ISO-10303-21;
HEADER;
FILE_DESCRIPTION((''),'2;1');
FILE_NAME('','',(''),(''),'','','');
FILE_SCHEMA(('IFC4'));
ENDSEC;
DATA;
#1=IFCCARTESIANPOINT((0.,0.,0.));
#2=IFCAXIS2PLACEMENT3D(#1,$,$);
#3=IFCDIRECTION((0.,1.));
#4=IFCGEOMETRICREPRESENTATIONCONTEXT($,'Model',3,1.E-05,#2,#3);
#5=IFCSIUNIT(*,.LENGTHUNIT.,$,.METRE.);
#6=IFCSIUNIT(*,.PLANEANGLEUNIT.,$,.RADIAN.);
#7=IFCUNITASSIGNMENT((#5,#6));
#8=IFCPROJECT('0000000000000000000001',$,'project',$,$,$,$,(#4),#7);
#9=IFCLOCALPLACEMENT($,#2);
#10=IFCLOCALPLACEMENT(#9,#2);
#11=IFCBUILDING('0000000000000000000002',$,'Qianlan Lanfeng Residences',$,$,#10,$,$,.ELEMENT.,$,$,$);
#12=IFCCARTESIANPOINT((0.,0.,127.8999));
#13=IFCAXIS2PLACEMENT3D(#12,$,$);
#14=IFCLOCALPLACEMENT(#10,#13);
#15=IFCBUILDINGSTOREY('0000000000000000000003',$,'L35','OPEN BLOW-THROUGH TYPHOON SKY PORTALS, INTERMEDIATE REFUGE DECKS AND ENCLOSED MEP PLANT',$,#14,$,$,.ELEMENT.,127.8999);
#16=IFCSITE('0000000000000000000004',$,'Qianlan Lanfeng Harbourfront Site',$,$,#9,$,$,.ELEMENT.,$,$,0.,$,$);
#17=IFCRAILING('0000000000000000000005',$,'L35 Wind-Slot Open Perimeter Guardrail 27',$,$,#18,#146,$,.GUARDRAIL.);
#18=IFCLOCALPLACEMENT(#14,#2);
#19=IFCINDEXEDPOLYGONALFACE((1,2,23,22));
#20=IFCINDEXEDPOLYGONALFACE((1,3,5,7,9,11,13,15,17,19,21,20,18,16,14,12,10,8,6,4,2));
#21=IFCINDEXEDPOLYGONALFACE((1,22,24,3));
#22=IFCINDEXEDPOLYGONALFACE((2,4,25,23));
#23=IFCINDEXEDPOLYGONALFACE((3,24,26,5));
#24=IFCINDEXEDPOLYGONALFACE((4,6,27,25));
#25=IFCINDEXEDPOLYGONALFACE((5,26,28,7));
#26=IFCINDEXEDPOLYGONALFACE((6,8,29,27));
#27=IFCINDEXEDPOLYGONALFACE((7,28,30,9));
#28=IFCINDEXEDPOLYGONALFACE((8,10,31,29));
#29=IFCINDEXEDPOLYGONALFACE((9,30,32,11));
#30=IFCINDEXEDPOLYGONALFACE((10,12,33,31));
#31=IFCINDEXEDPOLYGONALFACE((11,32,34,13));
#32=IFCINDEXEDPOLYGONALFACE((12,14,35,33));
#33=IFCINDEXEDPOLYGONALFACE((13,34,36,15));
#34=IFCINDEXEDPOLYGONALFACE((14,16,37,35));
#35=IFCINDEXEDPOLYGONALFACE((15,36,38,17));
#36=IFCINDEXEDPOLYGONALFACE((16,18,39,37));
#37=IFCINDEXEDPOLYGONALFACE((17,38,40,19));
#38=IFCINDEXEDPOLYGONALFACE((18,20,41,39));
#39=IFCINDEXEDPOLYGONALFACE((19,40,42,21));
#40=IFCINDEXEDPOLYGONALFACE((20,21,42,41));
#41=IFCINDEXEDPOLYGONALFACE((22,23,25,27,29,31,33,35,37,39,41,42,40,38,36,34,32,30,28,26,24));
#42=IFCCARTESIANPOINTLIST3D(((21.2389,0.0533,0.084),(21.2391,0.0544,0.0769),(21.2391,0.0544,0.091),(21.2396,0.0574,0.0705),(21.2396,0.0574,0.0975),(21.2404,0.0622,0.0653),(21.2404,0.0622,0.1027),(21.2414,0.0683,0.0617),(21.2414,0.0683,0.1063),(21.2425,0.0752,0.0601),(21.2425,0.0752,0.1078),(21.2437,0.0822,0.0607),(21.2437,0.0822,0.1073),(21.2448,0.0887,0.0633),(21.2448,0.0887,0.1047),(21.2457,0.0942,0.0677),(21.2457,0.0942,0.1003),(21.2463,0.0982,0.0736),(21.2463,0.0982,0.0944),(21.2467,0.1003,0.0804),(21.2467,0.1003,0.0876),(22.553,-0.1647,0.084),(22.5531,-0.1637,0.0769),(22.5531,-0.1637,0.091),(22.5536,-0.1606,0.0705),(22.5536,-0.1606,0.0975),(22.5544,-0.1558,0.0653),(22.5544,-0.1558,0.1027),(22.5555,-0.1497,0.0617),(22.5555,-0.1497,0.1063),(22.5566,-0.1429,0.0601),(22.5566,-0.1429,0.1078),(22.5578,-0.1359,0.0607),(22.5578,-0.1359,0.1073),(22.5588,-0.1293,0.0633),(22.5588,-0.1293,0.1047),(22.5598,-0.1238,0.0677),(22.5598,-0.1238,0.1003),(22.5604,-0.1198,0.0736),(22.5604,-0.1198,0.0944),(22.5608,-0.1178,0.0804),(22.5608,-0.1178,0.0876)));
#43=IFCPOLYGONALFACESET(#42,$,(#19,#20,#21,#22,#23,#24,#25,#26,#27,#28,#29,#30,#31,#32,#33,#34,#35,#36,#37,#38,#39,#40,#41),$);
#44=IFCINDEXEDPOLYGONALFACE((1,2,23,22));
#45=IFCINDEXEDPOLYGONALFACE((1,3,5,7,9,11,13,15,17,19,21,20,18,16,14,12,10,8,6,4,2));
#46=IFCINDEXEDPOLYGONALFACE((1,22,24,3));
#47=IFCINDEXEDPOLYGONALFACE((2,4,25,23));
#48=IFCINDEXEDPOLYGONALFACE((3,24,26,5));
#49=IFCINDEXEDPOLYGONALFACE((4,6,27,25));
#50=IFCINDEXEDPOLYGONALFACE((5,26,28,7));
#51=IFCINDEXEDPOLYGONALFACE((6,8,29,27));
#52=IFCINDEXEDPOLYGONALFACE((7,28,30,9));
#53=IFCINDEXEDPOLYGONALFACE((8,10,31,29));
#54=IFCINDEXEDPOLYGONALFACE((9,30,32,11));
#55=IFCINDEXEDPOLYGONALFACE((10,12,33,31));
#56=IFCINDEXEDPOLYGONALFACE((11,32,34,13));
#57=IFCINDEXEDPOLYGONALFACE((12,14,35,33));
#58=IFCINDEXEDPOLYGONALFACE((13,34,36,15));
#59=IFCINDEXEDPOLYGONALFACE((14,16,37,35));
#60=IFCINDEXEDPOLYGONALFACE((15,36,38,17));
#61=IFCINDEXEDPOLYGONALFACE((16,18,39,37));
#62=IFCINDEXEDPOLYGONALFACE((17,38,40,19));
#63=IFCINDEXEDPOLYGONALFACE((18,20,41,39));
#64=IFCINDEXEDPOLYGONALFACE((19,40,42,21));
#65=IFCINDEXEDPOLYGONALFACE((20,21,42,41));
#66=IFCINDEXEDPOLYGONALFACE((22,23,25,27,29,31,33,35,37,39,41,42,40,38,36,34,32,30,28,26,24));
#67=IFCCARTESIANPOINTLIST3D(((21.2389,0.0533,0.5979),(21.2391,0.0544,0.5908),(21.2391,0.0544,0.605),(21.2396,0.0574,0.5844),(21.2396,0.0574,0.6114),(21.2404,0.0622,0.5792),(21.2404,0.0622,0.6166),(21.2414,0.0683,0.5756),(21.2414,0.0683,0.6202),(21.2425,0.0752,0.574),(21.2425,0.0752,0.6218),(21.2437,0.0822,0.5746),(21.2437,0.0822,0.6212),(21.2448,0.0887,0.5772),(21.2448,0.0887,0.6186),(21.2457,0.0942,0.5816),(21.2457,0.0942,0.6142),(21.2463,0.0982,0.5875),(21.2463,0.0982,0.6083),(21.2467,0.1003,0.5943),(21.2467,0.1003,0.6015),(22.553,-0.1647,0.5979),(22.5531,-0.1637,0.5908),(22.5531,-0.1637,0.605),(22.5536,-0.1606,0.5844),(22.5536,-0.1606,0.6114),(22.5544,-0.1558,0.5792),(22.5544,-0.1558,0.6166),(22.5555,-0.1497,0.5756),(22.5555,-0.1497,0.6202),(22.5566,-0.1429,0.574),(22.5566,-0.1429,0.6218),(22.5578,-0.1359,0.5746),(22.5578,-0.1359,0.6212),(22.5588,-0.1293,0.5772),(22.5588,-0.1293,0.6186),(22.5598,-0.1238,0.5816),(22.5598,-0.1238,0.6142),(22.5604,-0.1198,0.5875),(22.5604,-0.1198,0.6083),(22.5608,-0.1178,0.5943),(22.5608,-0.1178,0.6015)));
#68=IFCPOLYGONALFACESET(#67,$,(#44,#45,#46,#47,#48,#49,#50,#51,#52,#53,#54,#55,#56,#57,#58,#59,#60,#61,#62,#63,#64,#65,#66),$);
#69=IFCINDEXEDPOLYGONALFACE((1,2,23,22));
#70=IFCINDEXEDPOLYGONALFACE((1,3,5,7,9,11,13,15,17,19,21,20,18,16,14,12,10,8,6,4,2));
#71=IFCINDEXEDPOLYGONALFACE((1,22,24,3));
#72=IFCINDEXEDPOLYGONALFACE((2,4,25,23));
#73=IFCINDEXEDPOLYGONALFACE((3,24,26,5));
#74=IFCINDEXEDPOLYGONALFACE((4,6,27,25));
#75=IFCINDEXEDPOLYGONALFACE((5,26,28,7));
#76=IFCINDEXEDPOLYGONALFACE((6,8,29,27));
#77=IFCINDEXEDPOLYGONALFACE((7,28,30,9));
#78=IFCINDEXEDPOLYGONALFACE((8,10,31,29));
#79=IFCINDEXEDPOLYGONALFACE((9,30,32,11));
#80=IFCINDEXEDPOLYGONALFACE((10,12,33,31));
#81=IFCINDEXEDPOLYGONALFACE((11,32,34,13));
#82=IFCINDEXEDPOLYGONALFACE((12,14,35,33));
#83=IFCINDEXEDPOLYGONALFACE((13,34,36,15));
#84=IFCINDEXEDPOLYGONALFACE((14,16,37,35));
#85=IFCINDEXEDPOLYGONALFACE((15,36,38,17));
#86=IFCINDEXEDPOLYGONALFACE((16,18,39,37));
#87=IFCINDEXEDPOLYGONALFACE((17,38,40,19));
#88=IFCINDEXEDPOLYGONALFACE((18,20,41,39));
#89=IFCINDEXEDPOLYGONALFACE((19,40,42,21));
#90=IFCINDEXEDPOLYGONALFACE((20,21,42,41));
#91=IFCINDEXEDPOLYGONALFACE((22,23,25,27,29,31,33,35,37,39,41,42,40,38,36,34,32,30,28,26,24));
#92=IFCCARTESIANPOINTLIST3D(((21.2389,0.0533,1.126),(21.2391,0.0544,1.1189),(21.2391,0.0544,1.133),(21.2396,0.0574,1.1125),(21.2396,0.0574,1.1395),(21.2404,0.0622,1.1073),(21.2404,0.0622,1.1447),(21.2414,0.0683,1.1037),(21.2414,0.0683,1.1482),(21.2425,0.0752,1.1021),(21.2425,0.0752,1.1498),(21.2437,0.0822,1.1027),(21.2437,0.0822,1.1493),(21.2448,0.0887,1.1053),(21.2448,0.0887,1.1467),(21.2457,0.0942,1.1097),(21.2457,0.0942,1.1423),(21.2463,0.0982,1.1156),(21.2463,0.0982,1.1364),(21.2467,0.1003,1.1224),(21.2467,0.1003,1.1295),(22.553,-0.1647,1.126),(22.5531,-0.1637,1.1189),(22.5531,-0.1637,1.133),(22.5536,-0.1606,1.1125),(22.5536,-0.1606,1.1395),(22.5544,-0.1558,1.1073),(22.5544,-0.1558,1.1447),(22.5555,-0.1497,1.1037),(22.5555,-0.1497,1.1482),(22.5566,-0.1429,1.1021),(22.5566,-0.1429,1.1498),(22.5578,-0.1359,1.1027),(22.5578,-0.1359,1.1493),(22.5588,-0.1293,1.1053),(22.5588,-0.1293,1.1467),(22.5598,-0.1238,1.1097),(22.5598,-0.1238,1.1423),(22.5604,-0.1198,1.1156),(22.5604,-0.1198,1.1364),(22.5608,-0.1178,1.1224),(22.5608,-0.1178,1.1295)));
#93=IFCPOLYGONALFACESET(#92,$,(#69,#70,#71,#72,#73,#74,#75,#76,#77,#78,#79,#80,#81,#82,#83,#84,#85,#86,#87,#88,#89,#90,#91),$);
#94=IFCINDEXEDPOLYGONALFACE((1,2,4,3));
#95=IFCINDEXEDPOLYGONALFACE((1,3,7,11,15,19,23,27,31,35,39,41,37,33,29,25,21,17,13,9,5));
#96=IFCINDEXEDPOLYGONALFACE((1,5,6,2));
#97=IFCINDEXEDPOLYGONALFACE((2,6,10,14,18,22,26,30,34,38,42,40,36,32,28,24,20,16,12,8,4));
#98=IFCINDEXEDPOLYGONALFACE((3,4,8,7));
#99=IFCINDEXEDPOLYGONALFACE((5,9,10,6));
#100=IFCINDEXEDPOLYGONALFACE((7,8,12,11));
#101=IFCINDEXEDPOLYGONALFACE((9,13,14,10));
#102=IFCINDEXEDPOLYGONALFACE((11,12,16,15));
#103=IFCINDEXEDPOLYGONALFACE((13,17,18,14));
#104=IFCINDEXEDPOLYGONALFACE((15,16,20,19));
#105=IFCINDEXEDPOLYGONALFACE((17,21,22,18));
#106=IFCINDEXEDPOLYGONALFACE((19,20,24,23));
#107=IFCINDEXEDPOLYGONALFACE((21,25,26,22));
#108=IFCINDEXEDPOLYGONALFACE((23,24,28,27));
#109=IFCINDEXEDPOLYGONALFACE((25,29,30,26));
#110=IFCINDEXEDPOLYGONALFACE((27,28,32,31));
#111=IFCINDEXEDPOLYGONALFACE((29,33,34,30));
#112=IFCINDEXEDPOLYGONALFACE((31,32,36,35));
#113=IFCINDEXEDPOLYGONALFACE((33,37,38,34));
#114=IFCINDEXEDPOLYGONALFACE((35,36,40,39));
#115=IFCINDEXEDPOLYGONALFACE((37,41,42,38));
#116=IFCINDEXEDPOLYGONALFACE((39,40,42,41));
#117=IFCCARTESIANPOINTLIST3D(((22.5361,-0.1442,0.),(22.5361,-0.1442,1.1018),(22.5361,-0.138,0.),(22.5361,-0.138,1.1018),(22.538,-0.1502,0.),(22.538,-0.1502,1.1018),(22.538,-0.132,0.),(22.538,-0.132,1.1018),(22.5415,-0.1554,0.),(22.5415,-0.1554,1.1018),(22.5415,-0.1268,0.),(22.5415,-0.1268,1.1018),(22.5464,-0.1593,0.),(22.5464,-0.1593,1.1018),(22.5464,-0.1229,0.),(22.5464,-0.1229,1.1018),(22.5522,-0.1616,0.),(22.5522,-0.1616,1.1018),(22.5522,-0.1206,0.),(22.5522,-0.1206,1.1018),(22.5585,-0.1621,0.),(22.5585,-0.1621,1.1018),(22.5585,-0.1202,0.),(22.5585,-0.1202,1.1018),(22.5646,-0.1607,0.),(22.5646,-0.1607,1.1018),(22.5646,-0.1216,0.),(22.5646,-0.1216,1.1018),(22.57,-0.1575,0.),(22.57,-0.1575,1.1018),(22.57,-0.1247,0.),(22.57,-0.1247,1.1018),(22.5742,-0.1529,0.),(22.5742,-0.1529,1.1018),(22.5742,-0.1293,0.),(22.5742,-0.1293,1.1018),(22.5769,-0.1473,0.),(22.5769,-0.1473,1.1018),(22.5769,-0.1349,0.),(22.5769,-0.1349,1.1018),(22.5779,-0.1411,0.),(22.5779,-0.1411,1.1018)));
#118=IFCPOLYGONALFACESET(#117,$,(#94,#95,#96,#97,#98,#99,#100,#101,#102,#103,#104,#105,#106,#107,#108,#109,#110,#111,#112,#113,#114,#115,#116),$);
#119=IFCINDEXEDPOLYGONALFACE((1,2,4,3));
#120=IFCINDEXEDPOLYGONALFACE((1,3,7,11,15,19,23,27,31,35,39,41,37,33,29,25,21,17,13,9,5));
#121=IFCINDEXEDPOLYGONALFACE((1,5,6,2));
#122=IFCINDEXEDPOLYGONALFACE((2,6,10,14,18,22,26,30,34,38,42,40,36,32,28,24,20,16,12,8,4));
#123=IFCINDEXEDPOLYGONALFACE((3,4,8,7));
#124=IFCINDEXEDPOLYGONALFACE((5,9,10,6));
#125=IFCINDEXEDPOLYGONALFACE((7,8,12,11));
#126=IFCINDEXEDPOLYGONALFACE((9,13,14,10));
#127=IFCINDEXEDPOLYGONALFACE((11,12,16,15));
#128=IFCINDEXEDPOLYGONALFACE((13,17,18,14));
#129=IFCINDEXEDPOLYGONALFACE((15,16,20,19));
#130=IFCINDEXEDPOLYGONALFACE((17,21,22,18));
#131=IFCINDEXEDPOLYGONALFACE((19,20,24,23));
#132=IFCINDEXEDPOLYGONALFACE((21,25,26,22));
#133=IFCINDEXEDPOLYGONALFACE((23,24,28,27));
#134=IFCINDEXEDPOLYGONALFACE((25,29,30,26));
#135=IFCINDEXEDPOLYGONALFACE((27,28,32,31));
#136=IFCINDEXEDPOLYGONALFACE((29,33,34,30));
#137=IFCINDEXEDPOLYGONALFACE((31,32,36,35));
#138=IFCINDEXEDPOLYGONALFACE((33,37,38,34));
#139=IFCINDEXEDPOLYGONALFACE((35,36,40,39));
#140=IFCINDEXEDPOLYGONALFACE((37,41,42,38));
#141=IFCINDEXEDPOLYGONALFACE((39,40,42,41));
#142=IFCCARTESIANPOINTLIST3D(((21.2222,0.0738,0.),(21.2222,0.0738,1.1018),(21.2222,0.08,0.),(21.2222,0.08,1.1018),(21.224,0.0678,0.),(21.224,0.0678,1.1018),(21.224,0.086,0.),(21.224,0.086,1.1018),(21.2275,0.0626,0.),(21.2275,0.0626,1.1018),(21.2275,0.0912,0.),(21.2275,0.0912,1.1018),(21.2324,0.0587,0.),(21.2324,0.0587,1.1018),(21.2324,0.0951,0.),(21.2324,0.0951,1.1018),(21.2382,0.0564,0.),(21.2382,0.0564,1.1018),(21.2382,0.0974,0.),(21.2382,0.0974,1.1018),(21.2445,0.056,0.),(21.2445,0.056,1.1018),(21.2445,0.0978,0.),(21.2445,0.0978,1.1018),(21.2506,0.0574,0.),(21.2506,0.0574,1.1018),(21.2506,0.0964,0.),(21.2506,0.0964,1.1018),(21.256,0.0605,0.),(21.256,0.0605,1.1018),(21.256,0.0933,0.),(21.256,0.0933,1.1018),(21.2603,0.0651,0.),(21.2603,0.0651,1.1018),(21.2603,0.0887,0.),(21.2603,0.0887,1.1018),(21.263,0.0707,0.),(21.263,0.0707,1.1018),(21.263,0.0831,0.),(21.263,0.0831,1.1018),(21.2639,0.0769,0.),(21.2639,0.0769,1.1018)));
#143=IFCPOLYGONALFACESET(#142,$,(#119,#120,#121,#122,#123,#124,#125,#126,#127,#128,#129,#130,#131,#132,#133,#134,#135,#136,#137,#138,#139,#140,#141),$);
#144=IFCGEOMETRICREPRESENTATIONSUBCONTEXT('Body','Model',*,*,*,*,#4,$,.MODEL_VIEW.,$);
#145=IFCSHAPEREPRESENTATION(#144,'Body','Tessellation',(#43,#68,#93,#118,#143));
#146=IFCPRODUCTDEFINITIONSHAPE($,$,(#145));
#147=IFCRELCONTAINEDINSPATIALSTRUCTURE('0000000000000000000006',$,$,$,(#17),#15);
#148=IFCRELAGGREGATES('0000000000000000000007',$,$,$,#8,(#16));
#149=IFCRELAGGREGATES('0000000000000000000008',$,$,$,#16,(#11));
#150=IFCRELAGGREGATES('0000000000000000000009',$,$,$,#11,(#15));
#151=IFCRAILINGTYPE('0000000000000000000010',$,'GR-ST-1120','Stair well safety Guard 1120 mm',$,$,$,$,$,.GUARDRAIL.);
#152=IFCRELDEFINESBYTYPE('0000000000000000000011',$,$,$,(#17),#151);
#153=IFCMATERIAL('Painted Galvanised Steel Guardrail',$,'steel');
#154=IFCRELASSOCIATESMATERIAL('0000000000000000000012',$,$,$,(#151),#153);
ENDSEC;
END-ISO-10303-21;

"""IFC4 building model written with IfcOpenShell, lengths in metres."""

from ifc_helpers import new_model, si_unit, direction, frame, origin, origin_2d, place, context, subcontext, project, spatial, circle, extrude, material, type_object, element, save


model = new_model("IFC4")

# Units and contexts
model_context = context("Model", 3, precision=1e-05, world=origin(), true_north=direction((0.0, 1.0)))
body_context = subcontext(model_context, "Body", "Model", "MODEL_VIEW")
ifc_project = project(units=[si_unit("LENGTHUNIT", "METRE"), si_unit("PLANEANGLEUNIT", "RADIAN")], contexts=[model_context])

# Site, building, storey
site_placement = place(None, origin())
site = spatial("IfcSite", under=ifc_project, at=site_placement, Name="Qianlan Lanfeng Harbourfront Site", CompositionType="ELEMENT", RefElevation=0.0)
building_placement = place(site_placement, origin())
building = spatial("IfcBuilding", under=site, at=building_placement, Name="Qianlan Lanfeng Residences", CompositionType="ELEMENT")
storey_placement = place(building_placement, frame((0.0, 0.0, 127.8999)))
storey = spatial("IfcBuildingStorey", under=building, at=storey_placement, Name="L35", Description="OPEN BLOW-THROUGH TYPHOON SKY PORTALS, INTERMEDIATE REFUGE DECKS AND ENCLOSED MEP PLANT", CompositionType="ELEMENT", Elevation=127.8999)

# Railing
ifc_material_1 = material(Name="Painted Galvanised Steel Guardrail", Category="steel")
railing_type = type_object("IfcRailingType", Name="GR-ST-1120", Description="Stair well safety Guard 1120 mm", PredefinedType="GUARDRAIL", material=ifc_material_1)
railing_1_placement = place(storey_placement, frame((22.5569, -0.1411, 0.0)))
element("IfcRailing", 1, at=railing_1_placement, inside=storey, type_object=railing_type, Name="L35 Wind-Slot Open Perimeter Guardrail 27", PredefinedType="GUARDRAIL", context=body_context, shape_type="SweptSolid", body=[
    extrude(circle(Radius=0.0239, at=origin_2d()), frame((0.0, 0.0, 0.084), z_axis=(-0.986513, 0.163686, 0.0), x_axis=(-0.163686, -0.986513, 0.0)), (0.0, 0.0, 1.0), 1.332),
    extrude(circle(Radius=0.0239, at=origin_2d()), frame((0.0, 0.0, 0.5979), z_axis=(-0.986513, 0.163686, 0.0), x_axis=(-0.163686, -0.986513, 0.0)), (0.0, 0.0, 1.0), 1.332),
    extrude(circle(Radius=0.0239, at=origin_2d()), frame((0.0, 0.0, 1.126), z_axis=(-0.986513, 0.163686, 0.0), x_axis=(-0.163686, -0.986513, 0.0)), (0.0, 0.0, 1.0), 1.332),
    extrude(circle(Radius=0.021, at=origin_2d()), origin(), (0.0, 0.0, 1.0), 1.1018),
    extrude(circle(Radius=0.021, at=origin_2d()), frame((-1.314, 0.218, 0.0)), (0.0, 0.0, 1.0), 1.1018),
])

save(model, "model.ifc")
